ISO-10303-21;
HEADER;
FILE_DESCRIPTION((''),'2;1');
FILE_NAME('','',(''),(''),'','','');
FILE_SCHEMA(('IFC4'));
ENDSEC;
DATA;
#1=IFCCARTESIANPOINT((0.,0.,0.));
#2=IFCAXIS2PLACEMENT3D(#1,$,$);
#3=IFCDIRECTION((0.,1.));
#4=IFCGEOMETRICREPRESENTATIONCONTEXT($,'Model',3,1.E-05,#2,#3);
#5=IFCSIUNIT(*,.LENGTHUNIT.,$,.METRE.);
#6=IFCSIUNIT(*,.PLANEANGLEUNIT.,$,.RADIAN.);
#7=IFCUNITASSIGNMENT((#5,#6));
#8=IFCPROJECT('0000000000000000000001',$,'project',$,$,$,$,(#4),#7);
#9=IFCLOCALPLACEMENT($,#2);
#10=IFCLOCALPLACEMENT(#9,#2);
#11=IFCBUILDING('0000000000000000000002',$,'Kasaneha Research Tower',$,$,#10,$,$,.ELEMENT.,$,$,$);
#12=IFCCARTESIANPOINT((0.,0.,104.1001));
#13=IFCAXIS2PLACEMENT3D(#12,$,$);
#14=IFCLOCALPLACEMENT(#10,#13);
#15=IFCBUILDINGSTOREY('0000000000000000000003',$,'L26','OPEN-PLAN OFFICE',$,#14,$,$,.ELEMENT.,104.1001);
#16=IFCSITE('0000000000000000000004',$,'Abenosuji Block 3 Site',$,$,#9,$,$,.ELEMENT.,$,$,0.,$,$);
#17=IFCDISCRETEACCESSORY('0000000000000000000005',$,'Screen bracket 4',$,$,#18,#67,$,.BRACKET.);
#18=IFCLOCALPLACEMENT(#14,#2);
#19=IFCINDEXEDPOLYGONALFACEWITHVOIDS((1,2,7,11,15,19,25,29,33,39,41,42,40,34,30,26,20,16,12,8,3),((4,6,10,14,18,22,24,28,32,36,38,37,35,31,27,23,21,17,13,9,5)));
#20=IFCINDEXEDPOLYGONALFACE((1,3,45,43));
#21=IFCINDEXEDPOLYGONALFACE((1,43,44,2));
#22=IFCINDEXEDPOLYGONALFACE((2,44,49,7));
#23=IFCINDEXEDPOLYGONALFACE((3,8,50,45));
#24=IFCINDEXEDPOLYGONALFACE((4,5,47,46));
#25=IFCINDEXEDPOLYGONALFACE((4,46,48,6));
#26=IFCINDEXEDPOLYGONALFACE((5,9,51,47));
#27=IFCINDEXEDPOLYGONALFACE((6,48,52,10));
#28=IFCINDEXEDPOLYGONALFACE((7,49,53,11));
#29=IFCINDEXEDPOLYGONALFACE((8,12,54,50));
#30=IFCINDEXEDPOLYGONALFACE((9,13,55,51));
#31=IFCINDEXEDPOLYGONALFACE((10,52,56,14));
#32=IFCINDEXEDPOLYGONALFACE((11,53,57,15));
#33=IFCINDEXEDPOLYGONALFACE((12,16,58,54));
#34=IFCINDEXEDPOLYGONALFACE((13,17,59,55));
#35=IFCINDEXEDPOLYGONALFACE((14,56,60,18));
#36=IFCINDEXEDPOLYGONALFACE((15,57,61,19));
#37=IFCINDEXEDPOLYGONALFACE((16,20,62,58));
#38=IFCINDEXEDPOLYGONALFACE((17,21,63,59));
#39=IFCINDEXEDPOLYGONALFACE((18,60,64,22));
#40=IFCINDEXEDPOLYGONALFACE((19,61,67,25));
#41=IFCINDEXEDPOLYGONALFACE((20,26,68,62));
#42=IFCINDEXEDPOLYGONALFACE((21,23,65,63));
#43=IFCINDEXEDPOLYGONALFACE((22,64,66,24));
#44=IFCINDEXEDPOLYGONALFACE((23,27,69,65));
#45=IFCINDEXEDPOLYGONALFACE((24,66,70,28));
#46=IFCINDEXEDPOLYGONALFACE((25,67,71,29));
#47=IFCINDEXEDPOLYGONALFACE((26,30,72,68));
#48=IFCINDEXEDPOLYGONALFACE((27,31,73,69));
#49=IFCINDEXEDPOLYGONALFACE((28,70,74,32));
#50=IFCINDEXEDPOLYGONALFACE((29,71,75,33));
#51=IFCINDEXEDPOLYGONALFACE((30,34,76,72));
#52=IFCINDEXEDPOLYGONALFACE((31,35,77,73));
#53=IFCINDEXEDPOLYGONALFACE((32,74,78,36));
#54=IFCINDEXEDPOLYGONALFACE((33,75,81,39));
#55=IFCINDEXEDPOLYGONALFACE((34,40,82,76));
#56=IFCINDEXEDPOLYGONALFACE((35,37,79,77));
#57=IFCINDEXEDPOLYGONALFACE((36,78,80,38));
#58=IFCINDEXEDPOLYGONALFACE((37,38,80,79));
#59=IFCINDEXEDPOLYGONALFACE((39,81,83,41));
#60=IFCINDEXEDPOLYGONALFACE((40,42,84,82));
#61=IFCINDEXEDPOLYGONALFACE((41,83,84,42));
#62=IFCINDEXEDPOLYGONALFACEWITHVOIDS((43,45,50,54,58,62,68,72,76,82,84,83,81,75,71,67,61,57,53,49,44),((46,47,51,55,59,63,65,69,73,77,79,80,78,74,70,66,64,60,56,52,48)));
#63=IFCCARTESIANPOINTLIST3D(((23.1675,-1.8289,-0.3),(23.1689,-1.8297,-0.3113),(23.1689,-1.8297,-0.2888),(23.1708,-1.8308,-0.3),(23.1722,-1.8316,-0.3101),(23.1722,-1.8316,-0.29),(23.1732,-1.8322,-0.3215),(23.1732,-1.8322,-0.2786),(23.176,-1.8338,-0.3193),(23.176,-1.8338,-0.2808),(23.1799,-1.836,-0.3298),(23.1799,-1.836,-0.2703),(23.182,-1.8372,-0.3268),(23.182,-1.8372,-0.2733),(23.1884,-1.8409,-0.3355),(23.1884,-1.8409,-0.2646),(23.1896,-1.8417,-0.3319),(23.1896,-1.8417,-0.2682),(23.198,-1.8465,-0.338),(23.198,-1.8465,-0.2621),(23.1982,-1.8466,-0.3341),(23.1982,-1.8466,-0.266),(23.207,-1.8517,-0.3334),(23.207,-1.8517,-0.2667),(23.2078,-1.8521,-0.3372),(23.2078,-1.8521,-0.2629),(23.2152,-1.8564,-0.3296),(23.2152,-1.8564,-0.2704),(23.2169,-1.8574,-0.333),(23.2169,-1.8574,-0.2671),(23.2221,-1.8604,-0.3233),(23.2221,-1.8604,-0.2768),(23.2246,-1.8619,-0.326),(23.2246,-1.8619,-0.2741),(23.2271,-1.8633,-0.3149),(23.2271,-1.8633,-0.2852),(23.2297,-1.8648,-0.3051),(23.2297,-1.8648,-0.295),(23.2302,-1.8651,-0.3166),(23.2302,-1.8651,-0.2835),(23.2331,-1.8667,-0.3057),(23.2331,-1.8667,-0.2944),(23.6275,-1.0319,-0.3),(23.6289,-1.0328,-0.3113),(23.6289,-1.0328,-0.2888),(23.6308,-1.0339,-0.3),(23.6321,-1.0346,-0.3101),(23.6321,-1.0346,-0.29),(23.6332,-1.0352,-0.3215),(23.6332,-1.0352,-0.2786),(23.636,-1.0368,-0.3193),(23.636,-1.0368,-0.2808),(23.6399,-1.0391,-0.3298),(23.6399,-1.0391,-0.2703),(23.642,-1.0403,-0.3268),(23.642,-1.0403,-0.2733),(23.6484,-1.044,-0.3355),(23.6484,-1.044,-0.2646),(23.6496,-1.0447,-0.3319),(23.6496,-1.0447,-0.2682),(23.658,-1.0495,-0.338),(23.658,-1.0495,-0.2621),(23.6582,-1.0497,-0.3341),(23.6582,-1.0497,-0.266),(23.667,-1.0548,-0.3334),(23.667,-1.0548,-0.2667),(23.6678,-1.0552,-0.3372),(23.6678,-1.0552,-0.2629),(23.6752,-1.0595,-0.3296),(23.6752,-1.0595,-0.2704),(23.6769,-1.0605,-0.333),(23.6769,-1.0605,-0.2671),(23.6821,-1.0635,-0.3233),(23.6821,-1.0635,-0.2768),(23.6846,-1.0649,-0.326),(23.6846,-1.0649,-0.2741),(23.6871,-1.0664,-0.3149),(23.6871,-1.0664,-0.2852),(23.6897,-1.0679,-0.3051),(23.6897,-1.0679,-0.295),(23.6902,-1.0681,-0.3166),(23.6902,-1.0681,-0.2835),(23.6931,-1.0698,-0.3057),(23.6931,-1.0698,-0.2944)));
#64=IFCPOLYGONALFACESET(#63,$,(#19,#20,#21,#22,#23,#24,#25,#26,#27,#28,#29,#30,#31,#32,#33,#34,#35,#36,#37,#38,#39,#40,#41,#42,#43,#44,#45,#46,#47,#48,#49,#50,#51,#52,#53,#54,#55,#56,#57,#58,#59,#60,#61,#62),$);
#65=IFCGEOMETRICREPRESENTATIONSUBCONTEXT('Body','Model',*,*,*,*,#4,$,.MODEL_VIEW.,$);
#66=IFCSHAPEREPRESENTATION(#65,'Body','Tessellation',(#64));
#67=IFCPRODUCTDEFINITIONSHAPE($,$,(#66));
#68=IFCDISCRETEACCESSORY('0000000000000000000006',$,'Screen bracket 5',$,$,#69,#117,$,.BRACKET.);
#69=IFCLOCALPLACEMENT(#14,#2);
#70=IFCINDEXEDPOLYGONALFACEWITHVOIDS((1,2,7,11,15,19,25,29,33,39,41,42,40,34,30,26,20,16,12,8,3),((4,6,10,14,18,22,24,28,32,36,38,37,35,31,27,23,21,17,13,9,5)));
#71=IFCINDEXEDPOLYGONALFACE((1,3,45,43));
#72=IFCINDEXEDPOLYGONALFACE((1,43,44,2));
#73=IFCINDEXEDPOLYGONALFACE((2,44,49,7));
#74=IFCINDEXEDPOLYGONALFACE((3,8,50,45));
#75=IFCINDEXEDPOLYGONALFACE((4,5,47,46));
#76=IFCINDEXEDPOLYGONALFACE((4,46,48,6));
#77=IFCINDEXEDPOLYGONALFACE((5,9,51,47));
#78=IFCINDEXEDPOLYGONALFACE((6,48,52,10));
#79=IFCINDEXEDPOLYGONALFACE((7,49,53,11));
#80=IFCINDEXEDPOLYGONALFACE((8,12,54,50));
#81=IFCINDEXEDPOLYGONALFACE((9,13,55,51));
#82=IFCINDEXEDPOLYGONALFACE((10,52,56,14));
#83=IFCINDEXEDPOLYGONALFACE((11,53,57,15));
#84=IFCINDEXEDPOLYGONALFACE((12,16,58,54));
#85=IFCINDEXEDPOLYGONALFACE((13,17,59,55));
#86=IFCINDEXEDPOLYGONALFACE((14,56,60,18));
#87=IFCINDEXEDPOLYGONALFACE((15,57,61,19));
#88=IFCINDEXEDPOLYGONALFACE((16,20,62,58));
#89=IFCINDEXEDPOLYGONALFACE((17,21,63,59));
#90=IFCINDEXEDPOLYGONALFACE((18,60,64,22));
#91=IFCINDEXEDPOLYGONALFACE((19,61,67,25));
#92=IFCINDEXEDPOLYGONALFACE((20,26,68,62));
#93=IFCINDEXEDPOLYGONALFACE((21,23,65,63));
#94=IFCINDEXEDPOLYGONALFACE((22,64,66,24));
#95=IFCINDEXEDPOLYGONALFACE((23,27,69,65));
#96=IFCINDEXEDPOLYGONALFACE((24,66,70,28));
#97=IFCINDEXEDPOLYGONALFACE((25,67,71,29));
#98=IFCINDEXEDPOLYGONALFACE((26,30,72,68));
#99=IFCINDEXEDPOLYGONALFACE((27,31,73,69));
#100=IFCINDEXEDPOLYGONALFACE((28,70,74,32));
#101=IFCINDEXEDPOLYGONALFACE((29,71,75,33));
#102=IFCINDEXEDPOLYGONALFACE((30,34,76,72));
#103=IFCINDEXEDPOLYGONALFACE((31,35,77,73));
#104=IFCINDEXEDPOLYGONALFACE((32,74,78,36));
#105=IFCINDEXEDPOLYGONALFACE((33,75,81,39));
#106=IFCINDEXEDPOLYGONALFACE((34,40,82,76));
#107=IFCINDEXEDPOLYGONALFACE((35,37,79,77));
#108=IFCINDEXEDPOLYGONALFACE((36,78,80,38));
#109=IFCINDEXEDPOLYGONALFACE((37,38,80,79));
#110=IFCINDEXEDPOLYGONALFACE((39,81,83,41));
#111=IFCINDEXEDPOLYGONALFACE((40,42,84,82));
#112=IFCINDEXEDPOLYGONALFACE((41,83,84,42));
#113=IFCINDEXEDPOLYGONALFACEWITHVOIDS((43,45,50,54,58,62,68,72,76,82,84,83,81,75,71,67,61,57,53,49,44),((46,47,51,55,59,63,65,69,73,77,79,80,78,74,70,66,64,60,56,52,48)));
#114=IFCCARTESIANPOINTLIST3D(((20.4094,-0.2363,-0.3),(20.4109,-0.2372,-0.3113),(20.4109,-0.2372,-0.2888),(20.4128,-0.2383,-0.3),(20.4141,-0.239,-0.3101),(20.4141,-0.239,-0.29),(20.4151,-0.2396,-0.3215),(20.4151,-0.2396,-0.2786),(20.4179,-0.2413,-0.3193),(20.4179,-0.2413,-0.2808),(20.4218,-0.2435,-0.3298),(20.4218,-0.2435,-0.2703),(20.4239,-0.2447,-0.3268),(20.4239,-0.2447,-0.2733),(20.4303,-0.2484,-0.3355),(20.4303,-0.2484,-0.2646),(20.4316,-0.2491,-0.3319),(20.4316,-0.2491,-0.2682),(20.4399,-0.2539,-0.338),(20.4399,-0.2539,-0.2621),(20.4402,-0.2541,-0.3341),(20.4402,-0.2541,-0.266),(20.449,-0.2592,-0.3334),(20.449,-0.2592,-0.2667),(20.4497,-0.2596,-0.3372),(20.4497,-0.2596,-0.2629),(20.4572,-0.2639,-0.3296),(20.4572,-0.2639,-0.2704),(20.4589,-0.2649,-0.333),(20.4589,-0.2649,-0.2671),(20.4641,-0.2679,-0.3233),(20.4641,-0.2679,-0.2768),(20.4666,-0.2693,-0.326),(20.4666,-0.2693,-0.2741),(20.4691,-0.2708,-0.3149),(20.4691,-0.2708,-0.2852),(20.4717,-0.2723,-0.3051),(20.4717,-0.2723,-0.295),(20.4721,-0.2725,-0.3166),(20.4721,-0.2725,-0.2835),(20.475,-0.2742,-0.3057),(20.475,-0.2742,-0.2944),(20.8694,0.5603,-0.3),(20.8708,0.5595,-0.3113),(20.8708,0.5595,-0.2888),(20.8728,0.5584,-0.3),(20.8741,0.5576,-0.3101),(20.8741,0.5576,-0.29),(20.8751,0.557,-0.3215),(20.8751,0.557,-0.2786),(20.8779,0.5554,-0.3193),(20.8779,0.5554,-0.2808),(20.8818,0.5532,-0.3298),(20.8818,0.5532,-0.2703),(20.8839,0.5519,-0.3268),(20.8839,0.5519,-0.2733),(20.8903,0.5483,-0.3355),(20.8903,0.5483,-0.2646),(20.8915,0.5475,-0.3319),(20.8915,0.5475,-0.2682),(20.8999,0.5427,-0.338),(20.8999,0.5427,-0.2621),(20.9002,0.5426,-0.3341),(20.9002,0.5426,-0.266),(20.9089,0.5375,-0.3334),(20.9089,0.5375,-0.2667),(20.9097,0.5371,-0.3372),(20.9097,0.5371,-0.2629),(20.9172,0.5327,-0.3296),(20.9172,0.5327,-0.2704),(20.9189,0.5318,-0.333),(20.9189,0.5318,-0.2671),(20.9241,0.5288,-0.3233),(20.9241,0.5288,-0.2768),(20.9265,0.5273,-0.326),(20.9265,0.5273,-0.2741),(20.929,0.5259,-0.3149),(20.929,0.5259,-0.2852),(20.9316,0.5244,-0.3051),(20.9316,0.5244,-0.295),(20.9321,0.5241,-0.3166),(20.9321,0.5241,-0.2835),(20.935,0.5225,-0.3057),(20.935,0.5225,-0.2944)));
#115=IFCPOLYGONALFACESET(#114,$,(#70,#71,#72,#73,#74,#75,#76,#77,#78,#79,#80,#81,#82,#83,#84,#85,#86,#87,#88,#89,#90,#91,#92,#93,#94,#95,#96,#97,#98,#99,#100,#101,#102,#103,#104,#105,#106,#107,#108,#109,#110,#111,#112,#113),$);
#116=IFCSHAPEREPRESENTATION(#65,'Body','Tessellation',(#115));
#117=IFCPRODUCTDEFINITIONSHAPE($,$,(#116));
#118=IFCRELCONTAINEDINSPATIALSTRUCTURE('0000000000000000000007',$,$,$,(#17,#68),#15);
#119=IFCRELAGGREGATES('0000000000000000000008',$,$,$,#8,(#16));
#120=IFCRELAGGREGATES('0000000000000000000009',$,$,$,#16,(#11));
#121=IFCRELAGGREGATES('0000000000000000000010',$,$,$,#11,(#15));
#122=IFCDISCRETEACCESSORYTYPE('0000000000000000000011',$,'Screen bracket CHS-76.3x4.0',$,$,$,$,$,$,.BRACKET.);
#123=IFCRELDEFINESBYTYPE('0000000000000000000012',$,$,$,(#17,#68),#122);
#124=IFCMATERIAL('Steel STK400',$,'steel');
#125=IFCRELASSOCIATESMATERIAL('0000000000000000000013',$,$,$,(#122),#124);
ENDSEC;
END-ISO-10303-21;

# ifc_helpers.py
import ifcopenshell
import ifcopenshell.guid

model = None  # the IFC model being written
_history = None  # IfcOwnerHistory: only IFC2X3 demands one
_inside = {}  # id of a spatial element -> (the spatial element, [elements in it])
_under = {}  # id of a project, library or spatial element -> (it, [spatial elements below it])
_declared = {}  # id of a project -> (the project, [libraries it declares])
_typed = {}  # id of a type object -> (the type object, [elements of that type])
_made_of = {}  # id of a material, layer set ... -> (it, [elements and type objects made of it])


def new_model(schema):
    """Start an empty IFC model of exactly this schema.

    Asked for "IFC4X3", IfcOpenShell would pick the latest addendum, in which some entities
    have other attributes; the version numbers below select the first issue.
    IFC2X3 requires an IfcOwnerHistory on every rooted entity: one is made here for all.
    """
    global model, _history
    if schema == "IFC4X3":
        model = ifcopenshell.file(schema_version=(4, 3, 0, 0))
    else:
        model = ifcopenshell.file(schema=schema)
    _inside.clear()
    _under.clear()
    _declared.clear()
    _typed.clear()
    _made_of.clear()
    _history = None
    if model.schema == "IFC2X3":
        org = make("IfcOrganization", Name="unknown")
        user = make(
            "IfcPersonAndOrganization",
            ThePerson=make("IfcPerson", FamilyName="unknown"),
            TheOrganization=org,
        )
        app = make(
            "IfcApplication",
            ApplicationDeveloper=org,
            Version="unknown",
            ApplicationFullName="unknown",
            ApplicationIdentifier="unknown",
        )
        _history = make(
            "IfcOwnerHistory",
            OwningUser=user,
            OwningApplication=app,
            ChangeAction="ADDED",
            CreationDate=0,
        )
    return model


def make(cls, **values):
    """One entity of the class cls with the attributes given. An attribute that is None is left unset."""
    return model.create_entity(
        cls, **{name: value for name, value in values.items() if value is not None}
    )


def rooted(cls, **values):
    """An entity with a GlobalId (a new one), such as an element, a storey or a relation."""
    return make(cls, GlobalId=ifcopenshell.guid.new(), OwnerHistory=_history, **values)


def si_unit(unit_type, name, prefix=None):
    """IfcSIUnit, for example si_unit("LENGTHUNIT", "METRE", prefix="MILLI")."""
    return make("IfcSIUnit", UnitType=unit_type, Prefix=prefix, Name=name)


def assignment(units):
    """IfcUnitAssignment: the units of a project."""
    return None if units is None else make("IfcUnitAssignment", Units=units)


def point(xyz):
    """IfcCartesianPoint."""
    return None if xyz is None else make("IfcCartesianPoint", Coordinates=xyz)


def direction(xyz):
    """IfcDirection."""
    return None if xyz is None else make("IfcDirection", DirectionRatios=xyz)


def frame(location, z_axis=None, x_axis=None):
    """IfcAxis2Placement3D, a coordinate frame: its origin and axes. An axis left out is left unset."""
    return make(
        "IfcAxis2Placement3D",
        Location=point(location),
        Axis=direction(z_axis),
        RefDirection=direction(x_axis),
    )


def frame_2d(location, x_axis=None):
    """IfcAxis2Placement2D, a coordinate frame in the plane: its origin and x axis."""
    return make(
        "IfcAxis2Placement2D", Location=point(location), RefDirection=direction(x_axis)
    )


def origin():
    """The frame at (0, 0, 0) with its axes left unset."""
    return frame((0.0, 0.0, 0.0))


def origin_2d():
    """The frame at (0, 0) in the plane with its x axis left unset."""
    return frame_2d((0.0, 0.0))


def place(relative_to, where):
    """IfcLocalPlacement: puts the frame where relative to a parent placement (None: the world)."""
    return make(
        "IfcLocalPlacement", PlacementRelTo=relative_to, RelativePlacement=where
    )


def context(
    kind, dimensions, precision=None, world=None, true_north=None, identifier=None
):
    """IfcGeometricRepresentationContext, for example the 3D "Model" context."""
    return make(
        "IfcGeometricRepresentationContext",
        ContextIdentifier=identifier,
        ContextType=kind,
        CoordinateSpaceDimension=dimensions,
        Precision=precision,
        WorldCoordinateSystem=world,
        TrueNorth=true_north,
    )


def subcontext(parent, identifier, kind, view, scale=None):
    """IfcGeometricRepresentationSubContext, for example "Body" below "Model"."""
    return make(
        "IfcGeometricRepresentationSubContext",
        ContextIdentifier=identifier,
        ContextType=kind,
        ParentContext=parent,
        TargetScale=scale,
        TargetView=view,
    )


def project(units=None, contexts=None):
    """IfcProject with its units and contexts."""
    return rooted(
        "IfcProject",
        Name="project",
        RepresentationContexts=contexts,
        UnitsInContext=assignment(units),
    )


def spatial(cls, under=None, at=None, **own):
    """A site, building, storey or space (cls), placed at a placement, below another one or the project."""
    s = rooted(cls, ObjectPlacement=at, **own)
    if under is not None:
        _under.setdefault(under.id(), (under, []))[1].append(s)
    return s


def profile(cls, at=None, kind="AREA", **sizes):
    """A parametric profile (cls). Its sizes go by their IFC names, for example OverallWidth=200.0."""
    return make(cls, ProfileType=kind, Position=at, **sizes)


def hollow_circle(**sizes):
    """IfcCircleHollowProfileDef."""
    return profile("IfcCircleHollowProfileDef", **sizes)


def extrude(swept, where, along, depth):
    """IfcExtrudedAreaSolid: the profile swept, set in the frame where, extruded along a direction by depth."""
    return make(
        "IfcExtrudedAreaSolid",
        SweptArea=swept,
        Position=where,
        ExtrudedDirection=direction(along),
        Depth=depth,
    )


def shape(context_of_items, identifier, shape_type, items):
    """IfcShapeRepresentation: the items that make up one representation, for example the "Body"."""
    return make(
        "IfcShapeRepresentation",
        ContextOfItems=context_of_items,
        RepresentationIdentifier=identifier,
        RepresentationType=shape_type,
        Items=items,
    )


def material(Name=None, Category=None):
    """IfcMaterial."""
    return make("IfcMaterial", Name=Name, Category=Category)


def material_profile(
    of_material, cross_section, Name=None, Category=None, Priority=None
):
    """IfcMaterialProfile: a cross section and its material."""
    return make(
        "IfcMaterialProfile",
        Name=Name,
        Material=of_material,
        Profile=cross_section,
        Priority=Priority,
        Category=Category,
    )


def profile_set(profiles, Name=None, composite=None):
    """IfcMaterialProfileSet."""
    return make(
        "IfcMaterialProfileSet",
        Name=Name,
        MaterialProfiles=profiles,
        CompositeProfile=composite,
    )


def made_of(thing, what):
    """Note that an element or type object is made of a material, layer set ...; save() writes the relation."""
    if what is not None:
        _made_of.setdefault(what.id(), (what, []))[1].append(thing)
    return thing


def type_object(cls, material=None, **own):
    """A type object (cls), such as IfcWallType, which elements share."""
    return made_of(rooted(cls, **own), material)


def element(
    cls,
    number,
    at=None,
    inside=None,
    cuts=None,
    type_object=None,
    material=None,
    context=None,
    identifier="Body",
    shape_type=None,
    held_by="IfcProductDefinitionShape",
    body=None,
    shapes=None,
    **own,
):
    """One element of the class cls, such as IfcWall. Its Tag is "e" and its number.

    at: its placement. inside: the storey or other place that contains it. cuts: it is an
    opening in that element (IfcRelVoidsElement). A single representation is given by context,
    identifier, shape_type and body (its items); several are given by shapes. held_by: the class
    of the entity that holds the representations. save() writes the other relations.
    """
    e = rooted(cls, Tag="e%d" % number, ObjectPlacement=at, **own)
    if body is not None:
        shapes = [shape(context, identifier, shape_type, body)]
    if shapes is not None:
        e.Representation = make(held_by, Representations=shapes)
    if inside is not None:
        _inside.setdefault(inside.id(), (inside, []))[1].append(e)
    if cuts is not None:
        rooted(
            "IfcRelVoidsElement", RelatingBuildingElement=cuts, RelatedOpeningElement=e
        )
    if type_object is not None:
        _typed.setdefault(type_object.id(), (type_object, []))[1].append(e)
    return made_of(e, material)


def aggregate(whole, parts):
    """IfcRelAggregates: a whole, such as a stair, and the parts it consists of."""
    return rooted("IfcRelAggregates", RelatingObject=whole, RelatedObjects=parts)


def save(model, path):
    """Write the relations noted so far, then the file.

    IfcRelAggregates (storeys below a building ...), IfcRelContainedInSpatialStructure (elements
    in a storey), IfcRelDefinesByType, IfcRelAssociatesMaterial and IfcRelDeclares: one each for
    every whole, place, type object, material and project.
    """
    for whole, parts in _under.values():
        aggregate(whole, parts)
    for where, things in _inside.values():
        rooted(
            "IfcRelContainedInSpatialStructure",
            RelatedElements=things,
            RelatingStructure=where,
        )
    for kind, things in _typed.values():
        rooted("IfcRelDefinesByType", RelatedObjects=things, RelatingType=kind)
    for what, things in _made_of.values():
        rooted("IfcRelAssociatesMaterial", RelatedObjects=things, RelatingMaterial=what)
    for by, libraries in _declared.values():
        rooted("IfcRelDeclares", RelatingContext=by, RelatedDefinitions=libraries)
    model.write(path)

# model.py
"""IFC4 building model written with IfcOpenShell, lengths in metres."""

from ifc_helpers import new_model, si_unit, direction, frame, origin, origin_2d, place, context, subcontext, project, spatial, hollow_circle, extrude, material, material_profile, profile_set, type_object, element, save


model = new_model("IFC4")

# Units and contexts
model_context = context("Model", 3, precision=1e-05, world=origin(), true_north=direction((0.0, 1.0)))
body_context = subcontext(model_context, "Body", "Model", "MODEL_VIEW")
ifc_project = project(units=[si_unit("LENGTHUNIT", "METRE"), si_unit("PLANEANGLEUNIT", "RADIAN")], contexts=[model_context])

# Site, building, storey
site_placement = place(None, origin())
site = spatial("IfcSite", under=ifc_project, at=site_placement, Name="Abenosuji Block 3 Site", CompositionType="ELEMENT", RefElevation=0.0)
building_placement = place(site_placement, origin())
building = spatial("IfcBuilding", under=site, at=building_placement, Name="Kasaneha Research Tower", CompositionType="ELEMENT")
storey_placement = place(building_placement, frame((0.0, 0.0, 104.1001)))
storey = spatial("IfcBuildingStorey", under=building, at=storey_placement, Name="L26", Description="OPEN-PLAN OFFICE", CompositionType="ELEMENT", Elevation=104.1001)

# Discrete accessories
ifc_material_1 = material(Name="Steel STK400", Category="steel")
ifc_material_profile_1 = material_profile(ifc_material_1, hollow_circle(Radius=0.0381, WallThickness=0.0039, at=origin_2d()), Name="CHS-76.3x4.0")
ifc_profile_set_1 = profile_set([ifc_material_profile_1], Name="Steel STK400")
discrete_accessory_type = type_object("IfcDiscreteAccessoryType", Name="Screen bracket CHS-76.3x4.0", PredefinedType="BRACKET", material=ifc_profile_set_1)
discrete_accessory_1_placement = place(storey_placement, frame((23.2004, -1.8479, -0.3), z_axis=(0.499906, 0.86608, 0.0), x_axis=(-0.86608, 0.499906, 0.0)))
element("IfcDiscreteAccessory", 1, at=discrete_accessory_1_placement, inside=storey, type_object=discrete_accessory_type, Name="Screen bracket 4", PredefinedType="BRACKET", context=body_context, shape_type="SweptSolid", body=[
    extrude(hollow_circle(Radius=0.0381, WallThickness=0.0039, at=origin_2d()), origin(), (0.0, 0.0, 1.0), 0.9202),
])
discrete_accessory_2_placement = place(storey_placement, frame((20.4424, -0.2554, -0.3), z_axis=(0.500021, 0.866013, 0.0), x_axis=(-0.866013, 0.500021, 0.0)))
element("IfcDiscreteAccessory", 2, at=discrete_accessory_2_placement, inside=storey, type_object=discrete_accessory_type, Name="Screen bracket 5", PredefinedType="BRACKET", context=body_context, shape_type="SweptSolid", body=[
    extrude(hollow_circle(Radius=0.0381, WallThickness=0.0039, at=origin_2d()), origin(), (0.0, 0.0, 1.0), 0.9199),
])

save(model, "model.ifc")
